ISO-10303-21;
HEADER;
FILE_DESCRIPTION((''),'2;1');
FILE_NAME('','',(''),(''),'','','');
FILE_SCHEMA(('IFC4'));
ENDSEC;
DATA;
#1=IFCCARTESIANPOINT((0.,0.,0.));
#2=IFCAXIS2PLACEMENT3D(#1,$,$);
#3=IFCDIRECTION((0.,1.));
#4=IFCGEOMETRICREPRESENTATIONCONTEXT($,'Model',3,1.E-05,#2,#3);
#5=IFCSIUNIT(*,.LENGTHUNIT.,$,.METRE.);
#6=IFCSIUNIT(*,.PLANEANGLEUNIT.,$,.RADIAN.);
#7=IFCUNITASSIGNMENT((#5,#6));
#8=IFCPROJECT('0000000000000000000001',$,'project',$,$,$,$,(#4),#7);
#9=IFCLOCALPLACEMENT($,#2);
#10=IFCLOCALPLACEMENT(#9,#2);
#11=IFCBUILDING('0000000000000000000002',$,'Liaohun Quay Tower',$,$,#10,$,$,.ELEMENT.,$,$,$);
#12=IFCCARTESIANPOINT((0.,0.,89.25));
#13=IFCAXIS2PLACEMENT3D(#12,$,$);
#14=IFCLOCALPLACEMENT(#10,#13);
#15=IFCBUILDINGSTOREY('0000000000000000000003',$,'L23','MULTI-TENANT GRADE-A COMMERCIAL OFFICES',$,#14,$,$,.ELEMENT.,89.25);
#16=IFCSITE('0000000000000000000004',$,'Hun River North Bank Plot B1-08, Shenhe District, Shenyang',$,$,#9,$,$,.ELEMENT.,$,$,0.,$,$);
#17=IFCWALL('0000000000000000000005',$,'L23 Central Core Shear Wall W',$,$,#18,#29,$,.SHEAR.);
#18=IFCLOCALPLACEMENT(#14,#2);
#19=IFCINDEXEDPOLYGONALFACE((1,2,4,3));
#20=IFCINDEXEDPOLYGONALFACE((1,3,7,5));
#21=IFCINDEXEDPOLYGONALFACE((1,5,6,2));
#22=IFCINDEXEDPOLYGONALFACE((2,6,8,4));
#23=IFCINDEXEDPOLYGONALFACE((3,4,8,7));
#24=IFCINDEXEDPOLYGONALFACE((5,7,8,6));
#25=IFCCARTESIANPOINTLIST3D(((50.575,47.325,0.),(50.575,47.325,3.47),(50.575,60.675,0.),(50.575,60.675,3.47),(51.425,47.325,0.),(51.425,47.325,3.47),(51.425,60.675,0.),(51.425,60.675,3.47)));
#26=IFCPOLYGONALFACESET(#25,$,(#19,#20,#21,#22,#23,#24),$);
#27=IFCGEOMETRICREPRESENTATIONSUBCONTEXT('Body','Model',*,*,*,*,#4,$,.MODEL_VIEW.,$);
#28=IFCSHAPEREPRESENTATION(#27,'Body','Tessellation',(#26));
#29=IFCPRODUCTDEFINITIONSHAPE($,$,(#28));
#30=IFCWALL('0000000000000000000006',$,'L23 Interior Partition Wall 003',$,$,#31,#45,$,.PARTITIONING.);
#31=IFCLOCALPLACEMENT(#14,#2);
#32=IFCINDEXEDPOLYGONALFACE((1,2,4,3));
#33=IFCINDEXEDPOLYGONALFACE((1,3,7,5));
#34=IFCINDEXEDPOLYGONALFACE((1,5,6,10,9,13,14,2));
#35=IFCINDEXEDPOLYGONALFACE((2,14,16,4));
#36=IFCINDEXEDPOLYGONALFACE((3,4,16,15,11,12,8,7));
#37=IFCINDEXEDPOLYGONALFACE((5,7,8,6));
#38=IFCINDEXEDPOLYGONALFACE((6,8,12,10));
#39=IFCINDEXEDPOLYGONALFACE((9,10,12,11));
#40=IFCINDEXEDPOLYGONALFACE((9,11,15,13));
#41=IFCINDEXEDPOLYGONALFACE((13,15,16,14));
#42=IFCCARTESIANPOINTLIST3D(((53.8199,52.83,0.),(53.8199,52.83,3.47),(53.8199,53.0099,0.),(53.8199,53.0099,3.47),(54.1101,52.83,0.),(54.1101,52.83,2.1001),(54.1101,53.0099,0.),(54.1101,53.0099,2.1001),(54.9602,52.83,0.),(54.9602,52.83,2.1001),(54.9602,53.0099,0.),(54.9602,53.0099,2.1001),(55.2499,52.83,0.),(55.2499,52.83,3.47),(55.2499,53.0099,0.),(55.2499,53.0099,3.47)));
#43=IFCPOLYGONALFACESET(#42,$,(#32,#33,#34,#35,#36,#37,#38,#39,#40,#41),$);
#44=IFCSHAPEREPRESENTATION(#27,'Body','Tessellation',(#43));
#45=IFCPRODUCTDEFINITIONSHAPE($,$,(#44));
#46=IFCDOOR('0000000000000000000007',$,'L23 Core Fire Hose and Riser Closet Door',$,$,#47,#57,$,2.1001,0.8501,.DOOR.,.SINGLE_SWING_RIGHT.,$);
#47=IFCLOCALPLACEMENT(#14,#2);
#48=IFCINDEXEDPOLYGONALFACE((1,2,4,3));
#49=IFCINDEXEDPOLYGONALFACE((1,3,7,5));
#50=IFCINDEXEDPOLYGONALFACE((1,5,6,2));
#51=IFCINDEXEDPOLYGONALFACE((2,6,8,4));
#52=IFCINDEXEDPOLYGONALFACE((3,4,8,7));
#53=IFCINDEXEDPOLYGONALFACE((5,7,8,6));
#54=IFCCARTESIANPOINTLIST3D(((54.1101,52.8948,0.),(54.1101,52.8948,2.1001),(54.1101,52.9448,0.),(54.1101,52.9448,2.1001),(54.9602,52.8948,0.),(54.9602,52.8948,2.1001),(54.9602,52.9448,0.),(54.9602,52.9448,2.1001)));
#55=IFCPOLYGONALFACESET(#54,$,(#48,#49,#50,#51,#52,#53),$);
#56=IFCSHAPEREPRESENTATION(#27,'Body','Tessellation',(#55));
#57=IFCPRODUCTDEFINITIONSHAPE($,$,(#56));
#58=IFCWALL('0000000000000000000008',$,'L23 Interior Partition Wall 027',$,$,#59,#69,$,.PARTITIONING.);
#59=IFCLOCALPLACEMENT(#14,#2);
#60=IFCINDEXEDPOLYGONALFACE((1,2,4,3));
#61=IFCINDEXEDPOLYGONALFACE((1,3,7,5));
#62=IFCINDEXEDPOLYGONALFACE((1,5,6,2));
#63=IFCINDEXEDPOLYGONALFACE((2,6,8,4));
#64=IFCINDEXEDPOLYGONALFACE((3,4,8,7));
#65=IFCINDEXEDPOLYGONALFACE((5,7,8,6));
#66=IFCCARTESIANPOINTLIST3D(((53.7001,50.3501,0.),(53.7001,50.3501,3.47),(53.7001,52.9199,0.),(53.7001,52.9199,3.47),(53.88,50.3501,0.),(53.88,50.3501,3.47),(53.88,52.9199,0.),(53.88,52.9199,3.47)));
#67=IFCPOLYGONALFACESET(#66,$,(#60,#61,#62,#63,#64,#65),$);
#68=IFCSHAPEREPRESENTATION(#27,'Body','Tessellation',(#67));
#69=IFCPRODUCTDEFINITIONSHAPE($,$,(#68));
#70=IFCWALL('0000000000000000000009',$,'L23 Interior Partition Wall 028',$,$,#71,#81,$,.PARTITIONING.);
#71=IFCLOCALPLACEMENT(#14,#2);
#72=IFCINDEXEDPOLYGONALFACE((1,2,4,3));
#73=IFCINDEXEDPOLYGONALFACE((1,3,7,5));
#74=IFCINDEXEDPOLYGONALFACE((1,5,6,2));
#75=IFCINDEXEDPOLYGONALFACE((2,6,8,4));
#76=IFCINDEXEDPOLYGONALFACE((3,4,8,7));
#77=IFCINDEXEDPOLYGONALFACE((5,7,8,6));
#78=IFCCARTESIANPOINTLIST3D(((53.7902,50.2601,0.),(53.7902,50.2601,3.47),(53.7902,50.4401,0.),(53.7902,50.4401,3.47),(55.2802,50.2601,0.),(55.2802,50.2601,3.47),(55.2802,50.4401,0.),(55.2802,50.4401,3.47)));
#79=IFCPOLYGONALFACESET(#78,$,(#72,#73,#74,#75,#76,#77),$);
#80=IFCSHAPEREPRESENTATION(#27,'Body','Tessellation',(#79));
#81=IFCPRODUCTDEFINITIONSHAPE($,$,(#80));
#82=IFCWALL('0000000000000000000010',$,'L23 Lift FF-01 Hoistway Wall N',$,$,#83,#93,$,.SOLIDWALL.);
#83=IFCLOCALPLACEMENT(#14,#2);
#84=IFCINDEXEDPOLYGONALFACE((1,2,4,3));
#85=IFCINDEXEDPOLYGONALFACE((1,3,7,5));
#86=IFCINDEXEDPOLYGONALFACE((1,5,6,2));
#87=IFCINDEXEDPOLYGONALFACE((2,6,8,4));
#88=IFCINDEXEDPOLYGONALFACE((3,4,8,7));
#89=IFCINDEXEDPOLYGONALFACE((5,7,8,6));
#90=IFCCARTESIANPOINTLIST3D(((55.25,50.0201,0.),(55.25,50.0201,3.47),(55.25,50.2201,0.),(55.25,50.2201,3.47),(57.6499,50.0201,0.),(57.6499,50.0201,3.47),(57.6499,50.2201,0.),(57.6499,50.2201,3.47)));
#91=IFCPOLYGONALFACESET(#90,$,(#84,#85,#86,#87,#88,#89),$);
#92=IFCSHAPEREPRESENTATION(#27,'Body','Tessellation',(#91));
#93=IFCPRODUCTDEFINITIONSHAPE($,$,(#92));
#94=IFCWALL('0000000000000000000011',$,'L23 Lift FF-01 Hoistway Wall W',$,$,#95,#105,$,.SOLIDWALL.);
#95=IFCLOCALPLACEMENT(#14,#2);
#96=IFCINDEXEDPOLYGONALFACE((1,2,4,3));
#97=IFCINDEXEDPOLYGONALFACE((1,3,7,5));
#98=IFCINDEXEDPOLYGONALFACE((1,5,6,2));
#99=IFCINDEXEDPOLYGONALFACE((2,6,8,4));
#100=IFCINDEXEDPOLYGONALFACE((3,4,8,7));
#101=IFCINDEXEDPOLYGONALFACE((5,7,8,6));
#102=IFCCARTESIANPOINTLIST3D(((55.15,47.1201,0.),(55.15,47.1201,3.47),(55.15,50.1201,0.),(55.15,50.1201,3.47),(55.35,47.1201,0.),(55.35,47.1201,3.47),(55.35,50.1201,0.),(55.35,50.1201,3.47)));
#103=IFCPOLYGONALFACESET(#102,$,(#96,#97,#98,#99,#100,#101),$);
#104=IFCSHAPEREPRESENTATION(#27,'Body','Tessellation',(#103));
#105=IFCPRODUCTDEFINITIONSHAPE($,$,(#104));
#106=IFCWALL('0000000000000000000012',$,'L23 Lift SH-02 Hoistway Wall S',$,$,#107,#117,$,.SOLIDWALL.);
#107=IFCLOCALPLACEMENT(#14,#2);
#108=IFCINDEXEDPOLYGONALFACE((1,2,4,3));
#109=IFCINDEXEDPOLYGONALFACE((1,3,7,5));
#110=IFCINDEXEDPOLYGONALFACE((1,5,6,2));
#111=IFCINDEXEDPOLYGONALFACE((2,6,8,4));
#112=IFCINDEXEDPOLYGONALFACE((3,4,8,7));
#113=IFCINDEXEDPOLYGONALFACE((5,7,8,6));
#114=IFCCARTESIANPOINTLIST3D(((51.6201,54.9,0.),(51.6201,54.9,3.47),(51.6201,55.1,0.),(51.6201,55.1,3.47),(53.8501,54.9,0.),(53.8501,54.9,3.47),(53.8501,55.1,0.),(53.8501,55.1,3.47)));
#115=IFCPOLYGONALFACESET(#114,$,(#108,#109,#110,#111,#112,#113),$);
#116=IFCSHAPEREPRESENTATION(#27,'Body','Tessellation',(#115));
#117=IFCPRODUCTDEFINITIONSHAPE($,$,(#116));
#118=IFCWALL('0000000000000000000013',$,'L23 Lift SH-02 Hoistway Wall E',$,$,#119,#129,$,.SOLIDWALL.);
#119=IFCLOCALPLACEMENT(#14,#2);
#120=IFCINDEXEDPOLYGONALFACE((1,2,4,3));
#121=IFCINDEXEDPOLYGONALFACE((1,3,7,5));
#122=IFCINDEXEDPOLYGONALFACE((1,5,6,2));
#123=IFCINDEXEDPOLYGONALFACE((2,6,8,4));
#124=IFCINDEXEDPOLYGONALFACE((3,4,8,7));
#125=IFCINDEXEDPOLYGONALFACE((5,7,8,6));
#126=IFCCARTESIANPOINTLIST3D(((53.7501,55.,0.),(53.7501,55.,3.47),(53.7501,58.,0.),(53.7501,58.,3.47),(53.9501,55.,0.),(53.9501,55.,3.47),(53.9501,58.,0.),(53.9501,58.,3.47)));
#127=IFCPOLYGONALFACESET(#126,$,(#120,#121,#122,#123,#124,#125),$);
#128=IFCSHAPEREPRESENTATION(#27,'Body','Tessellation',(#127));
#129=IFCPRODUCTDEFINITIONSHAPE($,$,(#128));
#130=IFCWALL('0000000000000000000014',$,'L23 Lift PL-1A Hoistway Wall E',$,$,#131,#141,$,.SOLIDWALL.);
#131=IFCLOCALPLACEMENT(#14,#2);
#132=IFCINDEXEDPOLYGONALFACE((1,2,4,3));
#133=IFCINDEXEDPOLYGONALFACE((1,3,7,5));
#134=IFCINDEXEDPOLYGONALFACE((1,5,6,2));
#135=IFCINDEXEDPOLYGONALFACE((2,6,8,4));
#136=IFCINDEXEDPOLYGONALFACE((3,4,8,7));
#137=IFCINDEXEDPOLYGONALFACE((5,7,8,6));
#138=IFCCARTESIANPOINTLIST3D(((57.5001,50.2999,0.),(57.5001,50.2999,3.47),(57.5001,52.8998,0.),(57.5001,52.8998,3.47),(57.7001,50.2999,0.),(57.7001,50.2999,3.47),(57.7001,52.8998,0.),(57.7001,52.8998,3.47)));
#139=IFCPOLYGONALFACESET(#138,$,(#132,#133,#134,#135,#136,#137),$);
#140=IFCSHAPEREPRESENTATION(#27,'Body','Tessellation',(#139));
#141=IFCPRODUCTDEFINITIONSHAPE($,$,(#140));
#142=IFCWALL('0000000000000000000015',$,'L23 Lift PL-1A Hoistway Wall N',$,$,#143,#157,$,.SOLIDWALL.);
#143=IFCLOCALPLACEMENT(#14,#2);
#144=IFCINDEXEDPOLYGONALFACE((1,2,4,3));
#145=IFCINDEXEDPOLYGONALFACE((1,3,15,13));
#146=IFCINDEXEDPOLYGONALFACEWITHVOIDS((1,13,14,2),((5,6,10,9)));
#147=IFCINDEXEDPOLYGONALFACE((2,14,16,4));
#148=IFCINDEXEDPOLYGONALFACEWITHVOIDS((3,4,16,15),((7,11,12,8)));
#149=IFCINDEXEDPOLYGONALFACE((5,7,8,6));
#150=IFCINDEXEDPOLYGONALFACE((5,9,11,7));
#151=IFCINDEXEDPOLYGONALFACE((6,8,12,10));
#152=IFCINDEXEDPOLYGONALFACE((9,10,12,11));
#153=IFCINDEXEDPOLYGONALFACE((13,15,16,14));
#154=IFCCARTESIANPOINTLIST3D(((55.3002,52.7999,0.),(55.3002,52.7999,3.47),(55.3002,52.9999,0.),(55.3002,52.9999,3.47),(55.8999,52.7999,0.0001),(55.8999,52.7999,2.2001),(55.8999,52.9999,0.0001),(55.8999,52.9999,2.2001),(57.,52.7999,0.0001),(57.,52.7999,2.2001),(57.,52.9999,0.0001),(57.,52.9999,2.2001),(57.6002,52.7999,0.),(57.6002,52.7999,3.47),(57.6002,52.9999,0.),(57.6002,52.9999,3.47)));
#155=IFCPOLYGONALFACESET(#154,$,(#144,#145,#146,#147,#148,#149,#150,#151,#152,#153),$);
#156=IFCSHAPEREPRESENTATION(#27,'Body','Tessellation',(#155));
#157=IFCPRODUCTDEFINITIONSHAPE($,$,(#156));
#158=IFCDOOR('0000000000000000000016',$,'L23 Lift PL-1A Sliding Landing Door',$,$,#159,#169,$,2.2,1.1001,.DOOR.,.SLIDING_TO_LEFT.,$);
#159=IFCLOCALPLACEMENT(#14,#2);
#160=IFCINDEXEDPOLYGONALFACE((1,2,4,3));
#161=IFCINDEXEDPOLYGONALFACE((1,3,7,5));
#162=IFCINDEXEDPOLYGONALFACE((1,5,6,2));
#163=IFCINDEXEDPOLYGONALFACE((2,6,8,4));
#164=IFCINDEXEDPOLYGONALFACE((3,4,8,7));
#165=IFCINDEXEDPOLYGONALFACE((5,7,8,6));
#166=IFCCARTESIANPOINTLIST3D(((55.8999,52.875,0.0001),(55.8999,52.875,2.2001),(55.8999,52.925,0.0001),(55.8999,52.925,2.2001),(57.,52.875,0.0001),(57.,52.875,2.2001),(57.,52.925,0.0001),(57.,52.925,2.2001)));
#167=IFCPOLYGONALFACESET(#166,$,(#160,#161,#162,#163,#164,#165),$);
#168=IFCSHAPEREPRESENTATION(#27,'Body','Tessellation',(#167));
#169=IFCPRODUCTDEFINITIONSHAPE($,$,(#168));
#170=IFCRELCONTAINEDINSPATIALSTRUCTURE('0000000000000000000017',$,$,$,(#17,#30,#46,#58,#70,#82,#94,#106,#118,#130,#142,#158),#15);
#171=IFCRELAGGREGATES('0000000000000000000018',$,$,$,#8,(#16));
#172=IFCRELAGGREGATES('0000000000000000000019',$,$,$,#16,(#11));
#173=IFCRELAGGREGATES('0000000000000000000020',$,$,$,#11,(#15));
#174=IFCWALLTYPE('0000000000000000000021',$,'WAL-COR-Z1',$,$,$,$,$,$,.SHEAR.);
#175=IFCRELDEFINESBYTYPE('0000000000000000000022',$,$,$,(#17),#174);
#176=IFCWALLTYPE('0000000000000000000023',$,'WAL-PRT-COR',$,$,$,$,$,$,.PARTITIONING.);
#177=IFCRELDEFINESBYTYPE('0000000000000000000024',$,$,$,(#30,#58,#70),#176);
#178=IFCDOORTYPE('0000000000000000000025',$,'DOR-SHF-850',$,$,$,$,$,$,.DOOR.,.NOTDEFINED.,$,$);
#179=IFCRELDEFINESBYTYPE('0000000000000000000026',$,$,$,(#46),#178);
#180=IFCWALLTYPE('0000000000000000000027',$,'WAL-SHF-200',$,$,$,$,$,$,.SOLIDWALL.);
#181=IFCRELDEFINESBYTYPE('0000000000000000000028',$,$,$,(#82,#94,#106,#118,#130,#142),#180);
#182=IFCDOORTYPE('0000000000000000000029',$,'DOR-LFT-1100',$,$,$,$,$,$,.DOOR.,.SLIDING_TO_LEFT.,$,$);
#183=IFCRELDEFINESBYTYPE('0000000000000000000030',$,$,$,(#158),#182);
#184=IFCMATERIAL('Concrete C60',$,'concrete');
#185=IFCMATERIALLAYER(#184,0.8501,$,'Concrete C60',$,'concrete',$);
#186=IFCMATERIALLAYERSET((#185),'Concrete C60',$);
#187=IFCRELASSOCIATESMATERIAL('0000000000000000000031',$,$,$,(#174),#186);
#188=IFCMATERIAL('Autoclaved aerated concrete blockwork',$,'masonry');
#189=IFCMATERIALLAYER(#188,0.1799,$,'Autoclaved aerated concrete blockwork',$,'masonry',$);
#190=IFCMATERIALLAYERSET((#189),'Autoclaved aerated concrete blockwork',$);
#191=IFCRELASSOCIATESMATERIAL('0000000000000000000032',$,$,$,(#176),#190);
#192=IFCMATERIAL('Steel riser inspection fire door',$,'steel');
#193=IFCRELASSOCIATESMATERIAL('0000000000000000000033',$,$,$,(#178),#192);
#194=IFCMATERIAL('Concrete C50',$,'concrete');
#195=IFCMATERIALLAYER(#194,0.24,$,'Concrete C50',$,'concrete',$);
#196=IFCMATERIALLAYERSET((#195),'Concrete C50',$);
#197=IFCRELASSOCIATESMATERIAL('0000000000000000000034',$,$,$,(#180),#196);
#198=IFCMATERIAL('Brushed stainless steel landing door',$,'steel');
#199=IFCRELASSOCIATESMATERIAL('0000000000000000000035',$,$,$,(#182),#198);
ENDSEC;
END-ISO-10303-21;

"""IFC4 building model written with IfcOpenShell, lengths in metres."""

from ifc_helpers import new_model, si_unit, direction, frame, frame_2d, origin, place, context, subcontext, project, spatial, rectangle, extrude, source, transform, mapped, material, layer, layer_set, type_object, element, fill, save


model = new_model("IFC4")

# Units and contexts
model_context = context("Model", 3, precision=1e-05, world=origin(), true_north=direction((0.0, 1.0)))
body_context = subcontext(model_context, "Body", "Model", "MODEL_VIEW")
ifc_project = project(units=[si_unit("LENGTHUNIT", "METRE"), si_unit("PLANEANGLEUNIT", "RADIAN")], contexts=[model_context])

# Site, building, storey
site_placement = place(None, origin())
site = spatial("IfcSite", under=ifc_project, at=site_placement, Name="Hun River North Bank Plot B1-08, Shenhe District, Shenyang", CompositionType="ELEMENT", RefElevation=0.0)
building_placement = place(site_placement, origin())
building = spatial("IfcBuilding", under=site, at=building_placement, Name="Liaohun Quay Tower", CompositionType="ELEMENT")
storey_placement = place(building_placement, frame((0.0, 0.0, 89.25)))
storey = spatial("IfcBuildingStorey", under=building, at=storey_placement, Name="L23", Description="MULTI-TENANT GRADE-A COMMERCIAL OFFICES", CompositionType="ELEMENT", Elevation=89.25)

# Wall
ifc_material_1 = material(Name="Concrete C60", Category="concrete")
ifc_layer_1 = layer(ifc_material_1, 0.8501, Name="Concrete C60", Category="concrete")
ifc_layer_set_1 = layer_set([ifc_layer_1], Name="Concrete C60")
wall_type_1 = type_object("IfcWallType", Name="WAL-COR-Z1", PredefinedType="SHEAR", material=ifc_layer_set_1)
wall_1_placement = place(storey_placement, frame((51.0, 47.325, 0.0), z_axis=(0.0, 0.0, 1.0), x_axis=(0.0, 1.0, 0.0)))
element("IfcWall", 1, at=wall_1_placement, inside=storey, type_object=wall_type_1, Name="L23 Central Core Shear Wall W", PredefinedType="SHEAR", context=body_context, shape_type="SweptSolid", body=[
    extrude(rectangle(XDim=13.3501, YDim=0.8501, at=frame_2d((6.675, 0.0))), origin(), (0.0, 0.0, 1.0), 3.47),
])

# Wall, opening, door
ifc_material_2 = material(Name="Autoclaved aerated concrete blockwork", Category="masonry")
ifc_layer_2 = layer(ifc_material_2, 0.1799, Name="Autoclaved aerated concrete blockwork", Category="masonry")
ifc_layer_set_2 = layer_set([ifc_layer_2], Name="Autoclaved aerated concrete blockwork")
wall_type_2 = type_object("IfcWallType", Name="WAL-PRT-COR", PredefinedType="PARTITIONING", material=ifc_layer_set_2)
wall_2_placement = place(storey_placement, frame((53.8201, 52.9199, 0.0), z_axis=(0.0, 0.0, 1.0), x_axis=(1.0, 0.0, 0.0)))
wall_2 = element("IfcWall", 2, at=wall_2_placement, inside=storey, type_object=wall_type_2, Name="L23 Interior Partition Wall 003", PredefinedType="PARTITIONING", context=body_context, shape_type="SweptSolid", body=[
    extrude(rectangle(XDim=1.4299, YDim=0.1799, at=frame_2d((0.7148, 0.0))), origin(), (0.0, 0.0, 1.0), 3.47),
])
shared_shape_1 = source(origin(), body_context, "Body", "SweptSolid", [
    extrude(rectangle(XDim=0.8501, YDim=2.1001, at=frame_2d((0.425, 1.05))), frame((0.0, 0.0999, 0.0), z_axis=(0.0, -1.0, 0.0), x_axis=(1.0, 0.0, 0.0)), (0.0, 0.0, 1.0), 0.2),
])
opening_1_placement = place(wall_2_placement, frame((0.29, 0.0, 0.0)))
opening_1 = element("IfcOpeningElement", 3, at=opening_1_placement, cuts=wall_2, PredefinedType="OPENING", context=body_context, shape_type="MappedRepresentation", body=[
    mapped(shared_shape_1, transform((0.0, 0.0, 0.0), x_axis=(1.0, 0.0, 0.0), y_axis=(0.0, 1.0, 0.0), z_axis=(0.0, 0.0, 1.0), scale=1.0)),
])
ifc_material_3 = material(Name="Steel riser inspection fire door", Category="steel")
door_type_1 = type_object("IfcDoorType", Name="DOR-SHF-850", OperationType="NOTDEFINED", PredefinedType="DOOR", material=ifc_material_3)
shared_shape_2 = source(origin(), body_context, "Body", "SweptSolid", [
    extrude(rectangle(XDim=0.8501, YDim=2.1001, at=frame_2d((0.425, 1.05))), frame((0.0, 0.0249, 0.0), z_axis=(0.0, -1.0, 0.0), x_axis=(1.0, 0.0, 0.0)), (0.0, 0.0, 1.0), 0.05),
])
door_1_placement = place(opening_1_placement, origin())
door_1 = element("IfcDoor", 4, at=door_1_placement, inside=storey, type_object=door_type_1, Name="L23 Core Fire Hose and Riser Closet Door", OperationType="SINGLE_SWING_RIGHT", OverallHeight=2.1001, OverallWidth=0.8501, PredefinedType="DOOR", context=body_context, shape_type="MappedRepresentation", body=[
    mapped(shared_shape_2, transform((0.0, 0.0, 0.0), x_axis=(1.0, 0.0, 0.0), y_axis=(0.0, 1.0, 0.0), z_axis=(0.0, 0.0, 1.0), scale=1.0)),
])
fill(opening_1, door_1)

# Walls
wall_3_placement = place(storey_placement, frame((53.79, 50.3501, 0.0), z_axis=(0.0, 0.0, 1.0), x_axis=(0.0, 1.0, 0.0)))
element("IfcWall", 5, at=wall_3_placement, inside=storey, type_object=wall_type_2, Name="L23 Interior Partition Wall 027", PredefinedType="PARTITIONING", context=body_context, shape_type="SweptSolid", body=[
    extrude(rectangle(XDim=2.5698, YDim=0.1799, at=frame_2d((1.2849, 0.0))), origin(), (0.0, 0.0, 1.0), 3.47),
])
wall_4_placement = place(storey_placement, frame((53.79, 50.3501, 0.0), z_axis=(0.0, 0.0, 1.0), x_axis=(1.0, 0.0, 0.0)))
element("IfcWall", 6, at=wall_4_placement, inside=storey, type_object=wall_type_2, Name="L23 Interior Partition Wall 028", PredefinedType="PARTITIONING", context=body_context, shape_type="SweptSolid", body=[
    extrude(rectangle(XDim=1.49, YDim=0.1799, at=frame_2d((0.7451, 0.0))), origin(), (0.0, 0.0, 1.0), 3.47),
])
ifc_material_4 = material(Name="Concrete C50", Category="concrete")
ifc_layer_3 = layer(ifc_material_4, 0.24, Name="Concrete C50", Category="concrete")
ifc_layer_set_3 = layer_set([ifc_layer_3], Name="Concrete C50")
wall_type_3 = type_object("IfcWallType", Name="WAL-SHF-200", PredefinedType="SOLIDWALL", material=ifc_layer_set_3)
wall_5_placement = place(storey_placement, frame((57.6499, 50.1201, 0.0), z_axis=(0.0, 0.0, 1.0), x_axis=(-1.0, 0.0, 0.0)))
element("IfcWall", 7, at=wall_5_placement, inside=storey, type_object=wall_type_3, Name="L23 Lift FF-01 Hoistway Wall N", PredefinedType="SOLIDWALL", context=body_context, shape_type="SweptSolid", body=[
    extrude(rectangle(XDim=2.3999, YDim=0.2, at=frame_2d((1.2, 0.0))), origin(), (0.0, 0.0, 1.0), 3.47),
])
wall_6_placement = place(storey_placement, frame((55.25, 50.1201, 0.0), z_axis=(0.0, 0.0, 1.0), x_axis=(0.0, -1.0, 0.0)))
element("IfcWall", 8, at=wall_6_placement, inside=storey, type_object=wall_type_3, Name="L23 Lift FF-01 Hoistway Wall W", PredefinedType="SOLIDWALL", context=body_context, shape_type="SweptSolid", body=[
    extrude(rectangle(XDim=3.0, YDim=0.2, at=frame_2d((1.5, 0.0))), origin(), (0.0, 0.0, 1.0), 3.47),
])
wall_7_placement = place(storey_placement, frame((51.6201, 55.0, 0.0), z_axis=(0.0, 0.0, 1.0), x_axis=(1.0, 0.0, 0.0)))
element("IfcWall", 9, at=wall_7_placement, inside=storey, type_object=wall_type_3, Name="L23 Lift SH-02 Hoistway Wall S", PredefinedType="SOLIDWALL", context=body_context, shape_type="SweptSolid", body=[
    extrude(rectangle(XDim=2.23, YDim=0.2, at=frame_2d((1.115, 0.0))), origin(), (0.0, 0.0, 1.0), 3.47),
])
wall_8_placement = place(storey_placement, frame((53.8501, 55.0, 0.0), z_axis=(0.0, 0.0, 1.0), x_axis=(0.0, 1.0, 0.0)))
element("IfcWall", 10, at=wall_8_placement, inside=storey, type_object=wall_type_3, Name="L23 Lift SH-02 Hoistway Wall E", PredefinedType="SOLIDWALL", context=body_context, shape_type="SweptSolid", body=[
    extrude(rectangle(XDim=3.0, YDim=0.2, at=frame_2d((1.5, 0.0))), origin(), (0.0, 0.0, 1.0), 3.47),
])
wall_9_placement = place(storey_placement, frame((57.6001, 50.3, 0.0), z_axis=(0.0, 0.0, 1.0), x_axis=(0.0, 1.0, 0.0)))
element("IfcWall", 11, at=wall_9_placement, inside=storey, type_object=wall_type_3, Name="L23 Lift PL-1A Hoistway Wall E", PredefinedType="SOLIDWALL", context=body_context, shape_type="SweptSolid", body=[
    extrude(rectangle(XDim=2.5999, YDim=0.2, at=frame_2d((1.2998, 0.0))), origin(), (0.0, 0.0, 1.0), 3.47),
])

# Wall, opening, door
wall_10_placement = place(storey_placement, frame((57.6001, 52.8999, 0.0), z_axis=(0.0, 0.0, 1.0), x_axis=(-1.0, 0.0, 0.0)))
wall_10 = element("IfcWall", 12, at=wall_10_placement, inside=storey, type_object=wall_type_3, Name="L23 Lift PL-1A Hoistway Wall N", PredefinedType="SOLIDWALL", context=body_context, shape_type="SweptSolid", body=[
    extrude(rectangle(XDim=2.3, YDim=0.2, at=frame_2d((1.1499, 0.0))), origin(), (0.0, 0.0, 1.0), 3.47),
])
shared_shape_3 = source(origin(), body_context, "Body", "SweptSolid", [
    extrude(rectangle(XDim=1.1001, YDim=2.2, at=frame_2d((0.55, 1.1001))), frame((0.0, 0.1099, 0.0), z_axis=(0.0, -1.0, 0.0), x_axis=(1.0, 0.0, 0.0)), (0.0, 0.0, 1.0), 0.22),
])
opening_2_placement = place(wall_10_placement, frame((0.6001, 0.0, 0.0)))
opening_2 = element("IfcOpeningElement", 13, at=opening_2_placement, cuts=wall_10, PredefinedType="OPENING", context=body_context, shape_type="MappedRepresentation", body=[
    mapped(shared_shape_3, transform((0.0, 0.0, 0.0), x_axis=(1.0, 0.0, 0.0), y_axis=(0.0, 1.0, 0.0), z_axis=(0.0, 0.0, 1.0), scale=1.0)),
])
ifc_material_5 = material(Name="Brushed stainless steel landing door", Category="steel")
door_type_2 = type_object("IfcDoorType", Name="DOR-LFT-1100", OperationType="SLIDING_TO_LEFT", PredefinedType="DOOR", material=ifc_material_5)
shared_shape_4 = source(origin(), body_context, "Body", "SweptSolid", [
    extrude(rectangle(XDim=1.1001, YDim=2.2, at=frame_2d((0.55, 1.1001))), frame((0.0, 0.0249, 0.0), z_axis=(0.0, -1.0, 0.0), x_axis=(1.0, 0.0, 0.0)), (0.0, 0.0, 1.0), 0.05),
])
door_2_placement = place(opening_2_placement, origin())
door_2 = element("IfcDoor", 14, at=door_2_placement, inside=storey, type_object=door_type_2, Name="L23 Lift PL-1A Sliding Landing Door", OperationType="SLIDING_TO_LEFT", OverallHeight=2.2, OverallWidth=1.1001, PredefinedType="DOOR", context=body_context, shape_type="MappedRepresentation", body=[
    mapped(shared_shape_4, transform((0.0, 0.0, 0.0), x_axis=(1.0, 0.0, 0.0), y_axis=(0.0, 1.0, 0.0), z_axis=(0.0, 0.0, 1.0), scale=1.0)),
])
fill(opening_2, door_2)

save(model, "model.ifc")
